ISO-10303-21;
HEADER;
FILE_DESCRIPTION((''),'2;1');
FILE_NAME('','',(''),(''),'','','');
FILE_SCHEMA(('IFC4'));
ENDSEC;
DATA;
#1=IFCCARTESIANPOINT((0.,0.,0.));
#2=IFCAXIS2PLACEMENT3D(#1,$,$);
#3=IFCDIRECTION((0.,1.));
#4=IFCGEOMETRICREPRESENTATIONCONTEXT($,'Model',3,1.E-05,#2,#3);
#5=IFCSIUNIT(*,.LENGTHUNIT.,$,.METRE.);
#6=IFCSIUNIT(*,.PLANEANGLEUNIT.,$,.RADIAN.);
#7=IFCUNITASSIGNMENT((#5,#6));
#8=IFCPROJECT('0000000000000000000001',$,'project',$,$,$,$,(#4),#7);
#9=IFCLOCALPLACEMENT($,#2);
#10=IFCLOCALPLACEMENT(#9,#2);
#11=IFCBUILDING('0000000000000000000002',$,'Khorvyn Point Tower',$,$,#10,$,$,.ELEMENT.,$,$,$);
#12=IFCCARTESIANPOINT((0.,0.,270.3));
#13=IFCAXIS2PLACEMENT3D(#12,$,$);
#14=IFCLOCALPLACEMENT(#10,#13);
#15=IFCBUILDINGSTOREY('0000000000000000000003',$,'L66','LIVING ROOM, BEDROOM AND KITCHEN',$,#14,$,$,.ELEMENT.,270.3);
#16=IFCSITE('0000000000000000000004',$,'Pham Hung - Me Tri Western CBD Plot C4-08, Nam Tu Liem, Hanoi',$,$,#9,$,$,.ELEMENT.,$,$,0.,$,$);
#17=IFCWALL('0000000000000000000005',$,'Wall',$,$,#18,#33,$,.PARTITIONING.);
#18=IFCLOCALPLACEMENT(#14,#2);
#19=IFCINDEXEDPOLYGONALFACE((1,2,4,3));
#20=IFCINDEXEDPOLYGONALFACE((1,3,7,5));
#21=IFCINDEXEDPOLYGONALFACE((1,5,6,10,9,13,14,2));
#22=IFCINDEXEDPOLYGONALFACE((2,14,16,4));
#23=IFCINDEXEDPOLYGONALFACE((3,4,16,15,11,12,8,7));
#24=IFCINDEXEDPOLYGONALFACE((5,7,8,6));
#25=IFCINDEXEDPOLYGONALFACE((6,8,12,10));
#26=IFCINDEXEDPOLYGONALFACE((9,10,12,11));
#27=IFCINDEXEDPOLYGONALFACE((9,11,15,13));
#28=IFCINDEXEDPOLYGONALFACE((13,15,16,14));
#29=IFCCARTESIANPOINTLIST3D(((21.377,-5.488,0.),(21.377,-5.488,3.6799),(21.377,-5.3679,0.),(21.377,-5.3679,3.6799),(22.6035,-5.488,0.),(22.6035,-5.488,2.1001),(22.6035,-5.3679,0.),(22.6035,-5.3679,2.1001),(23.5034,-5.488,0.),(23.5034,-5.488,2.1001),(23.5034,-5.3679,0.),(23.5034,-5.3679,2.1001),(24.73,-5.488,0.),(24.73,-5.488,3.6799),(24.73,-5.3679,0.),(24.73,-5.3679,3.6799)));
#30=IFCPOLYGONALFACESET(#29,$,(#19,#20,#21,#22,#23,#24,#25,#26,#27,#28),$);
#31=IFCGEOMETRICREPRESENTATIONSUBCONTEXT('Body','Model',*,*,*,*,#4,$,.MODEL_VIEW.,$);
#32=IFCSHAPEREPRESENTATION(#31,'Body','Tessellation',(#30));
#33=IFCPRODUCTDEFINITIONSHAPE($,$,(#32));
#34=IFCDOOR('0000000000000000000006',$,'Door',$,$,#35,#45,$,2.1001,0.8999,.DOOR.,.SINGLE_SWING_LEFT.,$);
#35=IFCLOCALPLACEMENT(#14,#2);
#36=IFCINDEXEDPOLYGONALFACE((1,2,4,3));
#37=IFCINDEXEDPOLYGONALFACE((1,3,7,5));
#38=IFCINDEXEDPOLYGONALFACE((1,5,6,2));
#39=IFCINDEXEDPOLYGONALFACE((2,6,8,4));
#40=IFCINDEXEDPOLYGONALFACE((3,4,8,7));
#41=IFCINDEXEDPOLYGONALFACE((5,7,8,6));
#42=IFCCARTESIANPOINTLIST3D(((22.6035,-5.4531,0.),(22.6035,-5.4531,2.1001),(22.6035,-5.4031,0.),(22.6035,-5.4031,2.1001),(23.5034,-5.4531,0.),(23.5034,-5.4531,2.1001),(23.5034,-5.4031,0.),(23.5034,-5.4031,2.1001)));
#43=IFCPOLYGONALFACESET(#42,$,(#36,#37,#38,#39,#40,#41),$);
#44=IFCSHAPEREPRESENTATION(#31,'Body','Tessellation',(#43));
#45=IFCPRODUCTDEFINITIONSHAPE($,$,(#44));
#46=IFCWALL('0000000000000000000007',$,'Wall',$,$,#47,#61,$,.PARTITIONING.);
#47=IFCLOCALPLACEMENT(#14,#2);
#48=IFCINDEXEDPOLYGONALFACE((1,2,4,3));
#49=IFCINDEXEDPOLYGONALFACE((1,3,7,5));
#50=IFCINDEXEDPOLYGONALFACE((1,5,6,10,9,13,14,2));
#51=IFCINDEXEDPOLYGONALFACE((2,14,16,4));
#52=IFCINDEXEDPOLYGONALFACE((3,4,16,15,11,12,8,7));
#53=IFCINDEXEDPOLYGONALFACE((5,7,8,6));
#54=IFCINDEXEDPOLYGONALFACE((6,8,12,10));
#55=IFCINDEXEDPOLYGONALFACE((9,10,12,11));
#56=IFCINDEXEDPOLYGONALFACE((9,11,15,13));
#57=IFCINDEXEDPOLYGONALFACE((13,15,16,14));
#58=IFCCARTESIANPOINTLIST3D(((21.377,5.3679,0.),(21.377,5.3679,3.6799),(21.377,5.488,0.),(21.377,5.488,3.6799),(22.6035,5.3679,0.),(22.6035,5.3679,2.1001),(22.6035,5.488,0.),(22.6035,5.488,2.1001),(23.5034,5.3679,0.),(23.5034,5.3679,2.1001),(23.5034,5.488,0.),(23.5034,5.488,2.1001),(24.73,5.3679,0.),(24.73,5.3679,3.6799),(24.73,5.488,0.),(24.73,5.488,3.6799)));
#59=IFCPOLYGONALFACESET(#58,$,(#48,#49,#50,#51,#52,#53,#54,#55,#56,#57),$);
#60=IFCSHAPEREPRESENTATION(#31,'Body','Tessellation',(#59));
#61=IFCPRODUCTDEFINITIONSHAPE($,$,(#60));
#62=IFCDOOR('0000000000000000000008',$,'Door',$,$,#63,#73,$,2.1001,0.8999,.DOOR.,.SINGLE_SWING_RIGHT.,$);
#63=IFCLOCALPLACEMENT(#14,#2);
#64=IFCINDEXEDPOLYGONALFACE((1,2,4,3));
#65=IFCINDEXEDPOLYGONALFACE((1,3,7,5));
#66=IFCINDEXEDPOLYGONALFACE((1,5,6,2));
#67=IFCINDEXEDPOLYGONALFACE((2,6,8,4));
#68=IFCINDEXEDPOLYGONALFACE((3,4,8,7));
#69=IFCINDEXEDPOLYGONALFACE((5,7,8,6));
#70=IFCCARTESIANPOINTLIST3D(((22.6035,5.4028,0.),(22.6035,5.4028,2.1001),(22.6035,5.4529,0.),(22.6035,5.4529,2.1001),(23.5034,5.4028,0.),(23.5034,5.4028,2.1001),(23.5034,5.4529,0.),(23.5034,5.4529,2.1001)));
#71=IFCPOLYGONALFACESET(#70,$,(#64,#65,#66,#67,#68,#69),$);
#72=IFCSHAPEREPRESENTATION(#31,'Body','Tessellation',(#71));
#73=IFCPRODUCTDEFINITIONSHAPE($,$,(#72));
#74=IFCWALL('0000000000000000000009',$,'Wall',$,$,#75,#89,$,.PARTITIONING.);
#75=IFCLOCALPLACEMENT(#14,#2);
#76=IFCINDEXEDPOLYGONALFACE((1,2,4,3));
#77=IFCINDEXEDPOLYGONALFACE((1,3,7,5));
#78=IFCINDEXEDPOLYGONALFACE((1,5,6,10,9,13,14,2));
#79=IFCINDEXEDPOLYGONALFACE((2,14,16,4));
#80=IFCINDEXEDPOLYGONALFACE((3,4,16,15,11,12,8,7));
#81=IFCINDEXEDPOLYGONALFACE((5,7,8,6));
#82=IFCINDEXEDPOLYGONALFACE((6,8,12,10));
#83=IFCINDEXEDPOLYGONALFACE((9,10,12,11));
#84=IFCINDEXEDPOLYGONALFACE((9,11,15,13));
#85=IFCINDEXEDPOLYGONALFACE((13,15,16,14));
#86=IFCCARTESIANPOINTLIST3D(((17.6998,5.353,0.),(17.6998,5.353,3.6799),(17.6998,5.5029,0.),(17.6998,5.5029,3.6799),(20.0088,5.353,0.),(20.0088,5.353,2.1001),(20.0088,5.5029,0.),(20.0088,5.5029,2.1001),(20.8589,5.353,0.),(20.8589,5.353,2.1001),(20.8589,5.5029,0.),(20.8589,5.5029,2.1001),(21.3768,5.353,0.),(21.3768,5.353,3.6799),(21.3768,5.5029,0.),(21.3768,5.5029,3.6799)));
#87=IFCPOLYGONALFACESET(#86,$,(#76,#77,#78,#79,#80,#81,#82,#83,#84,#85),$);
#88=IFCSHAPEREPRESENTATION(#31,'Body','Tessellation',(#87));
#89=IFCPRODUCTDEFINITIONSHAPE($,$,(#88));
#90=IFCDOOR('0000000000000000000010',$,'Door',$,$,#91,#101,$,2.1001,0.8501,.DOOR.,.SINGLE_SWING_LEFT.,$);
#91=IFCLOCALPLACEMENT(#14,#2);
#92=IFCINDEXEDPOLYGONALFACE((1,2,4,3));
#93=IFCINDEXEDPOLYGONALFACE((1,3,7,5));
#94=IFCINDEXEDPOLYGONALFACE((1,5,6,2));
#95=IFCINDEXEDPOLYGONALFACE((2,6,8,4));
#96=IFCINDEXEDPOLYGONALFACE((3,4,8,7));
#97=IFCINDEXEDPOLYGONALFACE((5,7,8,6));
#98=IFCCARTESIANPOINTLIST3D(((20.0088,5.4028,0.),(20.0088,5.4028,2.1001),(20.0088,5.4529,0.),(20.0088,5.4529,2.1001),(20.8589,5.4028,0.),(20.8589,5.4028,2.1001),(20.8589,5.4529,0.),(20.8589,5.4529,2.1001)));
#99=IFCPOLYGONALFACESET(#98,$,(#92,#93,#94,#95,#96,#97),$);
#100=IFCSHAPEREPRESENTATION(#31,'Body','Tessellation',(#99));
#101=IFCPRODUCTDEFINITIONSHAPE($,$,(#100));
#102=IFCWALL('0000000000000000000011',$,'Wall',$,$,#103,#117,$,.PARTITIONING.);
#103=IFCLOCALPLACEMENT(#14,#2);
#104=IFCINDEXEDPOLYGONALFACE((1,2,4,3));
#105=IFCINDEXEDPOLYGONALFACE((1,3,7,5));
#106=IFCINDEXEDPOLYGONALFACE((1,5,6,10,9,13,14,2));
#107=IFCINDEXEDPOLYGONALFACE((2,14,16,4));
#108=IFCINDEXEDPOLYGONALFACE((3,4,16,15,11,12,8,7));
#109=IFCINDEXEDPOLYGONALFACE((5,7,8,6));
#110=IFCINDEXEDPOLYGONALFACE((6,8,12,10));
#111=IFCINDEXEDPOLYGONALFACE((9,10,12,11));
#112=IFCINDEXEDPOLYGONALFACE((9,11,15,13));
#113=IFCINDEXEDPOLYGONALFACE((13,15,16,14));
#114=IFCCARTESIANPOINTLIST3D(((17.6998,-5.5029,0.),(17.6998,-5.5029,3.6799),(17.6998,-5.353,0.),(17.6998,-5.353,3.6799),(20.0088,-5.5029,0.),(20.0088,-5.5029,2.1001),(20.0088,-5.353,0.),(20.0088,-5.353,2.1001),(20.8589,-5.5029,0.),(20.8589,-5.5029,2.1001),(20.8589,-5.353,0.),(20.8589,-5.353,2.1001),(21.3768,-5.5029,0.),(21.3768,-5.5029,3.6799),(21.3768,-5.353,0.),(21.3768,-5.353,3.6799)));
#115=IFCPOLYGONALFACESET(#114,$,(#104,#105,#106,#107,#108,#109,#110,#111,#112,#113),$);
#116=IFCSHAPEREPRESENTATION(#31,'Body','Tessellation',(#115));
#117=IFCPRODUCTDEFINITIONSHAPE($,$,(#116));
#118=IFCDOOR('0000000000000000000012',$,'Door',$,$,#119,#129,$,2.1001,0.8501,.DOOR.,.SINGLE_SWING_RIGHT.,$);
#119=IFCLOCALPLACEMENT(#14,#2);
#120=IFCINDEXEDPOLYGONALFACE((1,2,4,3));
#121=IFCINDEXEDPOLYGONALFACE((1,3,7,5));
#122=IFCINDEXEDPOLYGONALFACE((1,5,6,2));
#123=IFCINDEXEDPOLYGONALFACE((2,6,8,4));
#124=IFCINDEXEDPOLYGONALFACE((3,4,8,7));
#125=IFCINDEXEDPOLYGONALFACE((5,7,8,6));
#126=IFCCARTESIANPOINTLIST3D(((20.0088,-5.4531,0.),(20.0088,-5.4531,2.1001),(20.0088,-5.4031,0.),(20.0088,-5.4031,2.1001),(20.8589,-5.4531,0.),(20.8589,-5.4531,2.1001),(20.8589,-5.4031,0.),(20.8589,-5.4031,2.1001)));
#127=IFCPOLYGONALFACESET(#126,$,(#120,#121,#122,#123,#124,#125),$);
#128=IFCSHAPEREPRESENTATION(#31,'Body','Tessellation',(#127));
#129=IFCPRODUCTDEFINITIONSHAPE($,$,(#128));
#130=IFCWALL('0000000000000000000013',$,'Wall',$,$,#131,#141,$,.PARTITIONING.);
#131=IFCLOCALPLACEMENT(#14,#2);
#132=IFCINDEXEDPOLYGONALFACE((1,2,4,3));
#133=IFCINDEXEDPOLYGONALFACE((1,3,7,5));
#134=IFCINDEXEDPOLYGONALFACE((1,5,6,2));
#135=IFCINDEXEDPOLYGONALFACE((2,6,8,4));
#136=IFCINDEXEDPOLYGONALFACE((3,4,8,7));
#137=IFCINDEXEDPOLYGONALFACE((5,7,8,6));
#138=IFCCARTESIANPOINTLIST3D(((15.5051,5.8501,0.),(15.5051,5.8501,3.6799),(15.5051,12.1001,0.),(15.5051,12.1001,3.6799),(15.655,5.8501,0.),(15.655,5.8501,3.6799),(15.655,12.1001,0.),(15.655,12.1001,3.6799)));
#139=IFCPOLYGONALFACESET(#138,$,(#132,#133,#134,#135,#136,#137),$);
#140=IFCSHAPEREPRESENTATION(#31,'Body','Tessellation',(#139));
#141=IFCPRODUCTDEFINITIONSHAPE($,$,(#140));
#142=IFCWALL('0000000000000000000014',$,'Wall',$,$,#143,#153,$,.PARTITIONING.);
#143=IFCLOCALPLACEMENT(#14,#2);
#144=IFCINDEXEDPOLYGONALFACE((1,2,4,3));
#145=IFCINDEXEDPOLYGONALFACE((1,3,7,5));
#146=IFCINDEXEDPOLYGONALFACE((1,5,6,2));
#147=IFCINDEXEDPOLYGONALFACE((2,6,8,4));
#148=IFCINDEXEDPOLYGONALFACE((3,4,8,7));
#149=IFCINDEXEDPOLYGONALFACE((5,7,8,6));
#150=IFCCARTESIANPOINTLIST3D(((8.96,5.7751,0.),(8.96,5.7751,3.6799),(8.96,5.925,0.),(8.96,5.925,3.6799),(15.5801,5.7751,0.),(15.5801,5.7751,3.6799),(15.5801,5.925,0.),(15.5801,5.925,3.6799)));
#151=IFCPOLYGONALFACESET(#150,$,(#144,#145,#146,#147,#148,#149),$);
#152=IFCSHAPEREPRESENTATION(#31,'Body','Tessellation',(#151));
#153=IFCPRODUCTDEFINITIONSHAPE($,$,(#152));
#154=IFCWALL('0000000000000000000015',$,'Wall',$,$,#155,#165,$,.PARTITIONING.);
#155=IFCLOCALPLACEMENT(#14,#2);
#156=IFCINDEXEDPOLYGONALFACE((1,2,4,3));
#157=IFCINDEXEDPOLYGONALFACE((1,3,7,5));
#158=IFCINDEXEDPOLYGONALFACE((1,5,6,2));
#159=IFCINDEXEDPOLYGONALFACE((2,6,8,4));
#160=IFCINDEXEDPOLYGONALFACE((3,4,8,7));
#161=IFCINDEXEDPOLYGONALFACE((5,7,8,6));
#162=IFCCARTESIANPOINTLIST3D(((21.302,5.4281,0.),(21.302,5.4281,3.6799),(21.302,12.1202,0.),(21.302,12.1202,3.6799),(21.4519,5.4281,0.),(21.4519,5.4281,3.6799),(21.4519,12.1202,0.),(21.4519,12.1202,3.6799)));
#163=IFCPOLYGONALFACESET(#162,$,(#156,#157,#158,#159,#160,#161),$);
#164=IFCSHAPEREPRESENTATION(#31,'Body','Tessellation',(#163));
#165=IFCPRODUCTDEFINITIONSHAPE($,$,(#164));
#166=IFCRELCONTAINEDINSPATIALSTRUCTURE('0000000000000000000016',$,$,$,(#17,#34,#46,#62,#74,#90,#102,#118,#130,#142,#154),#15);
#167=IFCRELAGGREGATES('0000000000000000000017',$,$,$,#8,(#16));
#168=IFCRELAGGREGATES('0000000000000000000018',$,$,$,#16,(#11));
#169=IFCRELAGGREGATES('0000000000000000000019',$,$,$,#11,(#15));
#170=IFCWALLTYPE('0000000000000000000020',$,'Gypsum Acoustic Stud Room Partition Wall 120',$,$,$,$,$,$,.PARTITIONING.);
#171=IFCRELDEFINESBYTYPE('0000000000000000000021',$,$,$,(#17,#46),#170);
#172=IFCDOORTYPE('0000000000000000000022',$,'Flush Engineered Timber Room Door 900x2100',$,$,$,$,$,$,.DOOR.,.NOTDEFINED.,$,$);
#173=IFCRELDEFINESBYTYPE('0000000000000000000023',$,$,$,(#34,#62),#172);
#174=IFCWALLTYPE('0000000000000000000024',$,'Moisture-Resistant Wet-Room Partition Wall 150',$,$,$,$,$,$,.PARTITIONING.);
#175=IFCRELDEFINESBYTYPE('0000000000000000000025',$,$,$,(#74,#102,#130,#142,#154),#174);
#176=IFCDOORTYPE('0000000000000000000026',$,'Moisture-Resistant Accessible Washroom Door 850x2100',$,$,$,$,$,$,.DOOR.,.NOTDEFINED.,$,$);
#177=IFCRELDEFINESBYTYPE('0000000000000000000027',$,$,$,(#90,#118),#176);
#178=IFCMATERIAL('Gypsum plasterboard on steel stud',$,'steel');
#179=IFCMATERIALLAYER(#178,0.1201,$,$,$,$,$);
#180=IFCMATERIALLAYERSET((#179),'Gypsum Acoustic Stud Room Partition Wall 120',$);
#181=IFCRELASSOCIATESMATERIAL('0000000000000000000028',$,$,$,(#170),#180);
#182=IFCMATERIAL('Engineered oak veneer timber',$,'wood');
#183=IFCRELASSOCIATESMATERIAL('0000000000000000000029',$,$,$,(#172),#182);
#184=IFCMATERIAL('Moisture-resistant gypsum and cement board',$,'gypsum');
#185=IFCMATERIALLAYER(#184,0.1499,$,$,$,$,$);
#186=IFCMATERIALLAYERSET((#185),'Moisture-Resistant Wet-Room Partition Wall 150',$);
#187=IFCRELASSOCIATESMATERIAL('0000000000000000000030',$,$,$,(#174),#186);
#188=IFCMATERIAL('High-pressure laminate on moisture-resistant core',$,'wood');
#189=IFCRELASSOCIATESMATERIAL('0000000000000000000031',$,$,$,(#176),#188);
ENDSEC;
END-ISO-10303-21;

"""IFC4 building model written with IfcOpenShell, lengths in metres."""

from ifc_helpers import new_model, si_unit, direction, frame, frame_2d, origin, place, context, subcontext, project, spatial, rectangle, extrude, material, layer, layer_set, type_object, element, fill, save


model = new_model("IFC4")

# Units and contexts
model_context = context("Model", 3, precision=1e-05, world=origin(), true_north=direction((0.0, 1.0)))
body_context = subcontext(model_context, "Body", "Model", "MODEL_VIEW")
ifc_project = project(units=[si_unit("LENGTHUNIT", "METRE"), si_unit("PLANEANGLEUNIT", "RADIAN")], contexts=[model_context])

# Site, building, storey
site_placement = place(None, origin())
site = spatial("IfcSite", under=ifc_project, at=site_placement, Name="Pham Hung - Me Tri Western CBD Plot C4-08, Nam Tu Liem, Hanoi", CompositionType="ELEMENT", RefElevation=0.0)
building_placement = place(site_placement, origin())
building = spatial("IfcBuilding", under=site, at=building_placement, Name="Khorvyn Point Tower", CompositionType="ELEMENT")
storey_placement = place(building_placement, frame((0.0, 0.0, 270.3)))
storey = spatial("IfcBuildingStorey", under=building, at=storey_placement, Name="L66", Description="LIVING ROOM, BEDROOM AND KITCHEN", CompositionType="ELEMENT", Elevation=270.3)

# Walls, openings, doors
ifc_material_1 = material(Name="Gypsum plasterboard on steel stud", Category="steel")
ifc_layer_1 = layer(ifc_material_1, 0.1201)
ifc_layer_set_1 = layer_set([ifc_layer_1], Name="Gypsum Acoustic Stud Room Partition Wall 120")
wall_type_1 = type_object("IfcWallType", Name="Gypsum Acoustic Stud Room Partition Wall 120", PredefinedType="PARTITIONING", material=ifc_layer_set_1)
ifc_material_2 = material(Name="Engineered oak veneer timber", Category="wood")
door_type_1 = type_object("IfcDoorType", Name="Flush Engineered Timber Room Door 900x2100", OperationType="NOTDEFINED", PredefinedType="DOOR", material=ifc_material_2)
wall_1_placement = place(storey_placement, frame((21.377, -5.428, 0.0), z_axis=(0.0, 0.0, 1.0), x_axis=(1.0, 0.0, 0.0)))
wall_1 = element("IfcWall", 1, at=wall_1_placement, inside=storey, type_object=wall_type_1, Name="Wall", PredefinedType="PARTITIONING", context=body_context, shape_type="SweptSolid", body=[
    extrude(rectangle(XDim=3.353, YDim=0.1201, at=frame_2d((1.6765, 0.0))), origin(), (0.0, 0.0, 1.0), 3.6799),
])
opening_1_placement = place(wall_1_placement, frame((1.2266, 0.0, 0.0)))
opening_1 = element("IfcOpeningElement", 2, at=opening_1_placement, cuts=wall_1, PredefinedType="OPENING", context=body_context, shape_type="SweptSolid", body=[
    extrude(rectangle(XDim=0.8999, YDim=2.1001, at=frame_2d((0.45, 1.05))), frame((0.0, 0.0701, 0.0), z_axis=(0.0, -1.0, 0.0), x_axis=(1.0, 0.0, 0.0)), (0.0, 0.0, 1.0), 0.1401),
])
door_1_placement = place(opening_1_placement, origin())
door_1 = element("IfcDoor", 3, at=door_1_placement, inside=storey, type_object=door_type_1, Name="Door", OperationType="SINGLE_SWING_LEFT", OverallHeight=2.1001, OverallWidth=0.8999, PredefinedType="DOOR", context=body_context, shape_type="SweptSolid", body=[
    extrude(rectangle(XDim=0.8999, YDim=2.1001, at=frame_2d((0.45, 1.05))), frame((0.0, 0.0249, 0.0), z_axis=(0.0, -1.0, 0.0), x_axis=(1.0, 0.0, 0.0)), (0.0, 0.0, 1.0), 0.05),
])
fill(opening_1, door_1)
wall_2_placement = place(storey_placement, frame((21.377, 5.428, 0.0), z_axis=(0.0, 0.0, 1.0), x_axis=(1.0, 0.0, 0.0)))
wall_2 = element("IfcWall", 4, at=wall_2_placement, inside=storey, type_object=wall_type_1, Name="Wall", PredefinedType="PARTITIONING", context=body_context, shape_type="SweptSolid", body=[
    extrude(rectangle(XDim=3.353, YDim=0.1201, at=frame_2d((1.6765, 0.0))), origin(), (0.0, 0.0, 1.0), 3.6799),
])
opening_2_placement = place(wall_2_placement, frame((1.2266, 0.0, 0.0)))
opening_2 = element("IfcOpeningElement", 5, at=opening_2_placement, cuts=wall_2, PredefinedType="OPENING", context=body_context, shape_type="SweptSolid", body=[
    extrude(rectangle(XDim=0.8999, YDim=2.1001, at=frame_2d((0.45, 1.05))), frame((0.0, 0.0701, 0.0), z_axis=(0.0, -1.0, 0.0), x_axis=(1.0, 0.0, 0.0)), (0.0, 0.0, 1.0), 0.1401),
])
door_2_placement = place(opening_2_placement, origin())
door_2 = element("IfcDoor", 6, at=door_2_placement, inside=storey, type_object=door_type_1, Name="Door", OperationType="SINGLE_SWING_RIGHT", OverallHeight=2.1001, OverallWidth=0.8999, PredefinedType="DOOR", context=body_context, shape_type="SweptSolid", body=[
    extrude(rectangle(XDim=0.8999, YDim=2.1001, at=frame_2d((0.45, 1.05))), frame((0.0, 0.0249, 0.0), z_axis=(0.0, -1.0, 0.0), x_axis=(1.0, 0.0, 0.0)), (0.0, 0.0, 1.0), 0.05),
])
fill(opening_2, door_2)
ifc_material_3 = material(Name="Moisture-resistant gypsum and cement board", Category="gypsum")
ifc_layer_2 = layer(ifc_material_3, 0.1499)
ifc_layer_set_2 = layer_set([ifc_layer_2], Name="Moisture-Resistant Wet-Room Partition Wall 150")
wall_type_2 = type_object("IfcWallType", Name="Moisture-Resistant Wet-Room Partition Wall 150", PredefinedType="PARTITIONING", material=ifc_layer_set_2)
wall_3_placement = place(storey_placement, frame((17.7, 5.428, 0.0), z_axis=(0.0, 0.0, 1.0), x_axis=(1.0, 0.0, 0.0)))
wall_3 = element("IfcWall", 7, at=wall_3_placement, inside=storey, type_object=wall_type_2, Name="Wall", PredefinedType="PARTITIONING", context=body_context, shape_type="SweptSolid", body=[
    extrude(rectangle(XDim=3.677, YDim=0.1499, at=frame_2d((1.8384, 0.0))), origin(), (0.0, 0.0, 1.0), 3.6799),
])
opening_3_placement = place(wall_3_placement, frame((2.3088, 0.0, 0.0)))
opening_3 = element("IfcOpeningElement", 8, at=opening_3_placement, cuts=wall_3, PredefinedType="OPENING", context=body_context, shape_type="SweptSolid", body=[
    extrude(rectangle(XDim=0.8501, YDim=2.1001, at=frame_2d((0.425, 1.05))), frame((0.0, 0.085, 0.0), z_axis=(0.0, -1.0, 0.0), x_axis=(1.0, 0.0, 0.0)), (0.0, 0.0, 1.0), 0.1699),
])
ifc_material_4 = material(Name="High-pressure laminate on moisture-resistant core", Category="wood")
door_type_2 = type_object("IfcDoorType", Name="Moisture-Resistant Accessible Washroom Door 850x2100", OperationType="NOTDEFINED", PredefinedType="DOOR", material=ifc_material_4)
door_3_placement = place(opening_3_placement, origin())
door_3 = element("IfcDoor", 9, at=door_3_placement, inside=storey, type_object=door_type_2, Name="Door", OperationType="SINGLE_SWING_LEFT", OverallHeight=2.1001, OverallWidth=0.8501, PredefinedType="DOOR", context=body_context, shape_type="SweptSolid", body=[
    extrude(rectangle(XDim=0.8501, YDim=2.1001, at=frame_2d((0.425, 1.05))), frame((0.0, 0.0249, 0.0), z_axis=(0.0, -1.0, 0.0), x_axis=(1.0, 0.0, 0.0)), (0.0, 0.0, 1.0), 0.05),
])
fill(opening_3, door_3)
wall_4_placement = place(storey_placement, frame((17.7, -5.428, 0.0), z_axis=(0.0, 0.0, 1.0), x_axis=(1.0, 0.0, 0.0)))
wall_4 = element("IfcWall", 10, at=wall_4_placement, inside=storey, type_object=wall_type_2, Name="Wall", PredefinedType="PARTITIONING", context=body_context, shape_type="SweptSolid", body=[
    extrude(rectangle(XDim=3.677, YDim=0.1499, at=frame_2d((1.8384, 0.0))), origin(), (0.0, 0.0, 1.0), 3.6799),
])
opening_4_placement = place(wall_4_placement, frame((2.3088, 0.0, 0.0)))
opening_4 = element("IfcOpeningElement", 11, at=opening_4_placement, cuts=wall_4, PredefinedType="OPENING", context=body_context, shape_type="SweptSolid", body=[
    extrude(rectangle(XDim=0.8501, YDim=2.1001, at=frame_2d((0.425, 1.05))), frame((0.0, 0.085, 0.0), z_axis=(0.0, -1.0, 0.0), x_axis=(1.0, 0.0, 0.0)), (0.0, 0.0, 1.0), 0.1699),
])
door_4_placement = place(opening_4_placement, origin())
door_4 = element("IfcDoor", 12, at=door_4_placement, inside=storey, type_object=door_type_2, Name="Door", OperationType="SINGLE_SWING_RIGHT", OverallHeight=2.1001, OverallWidth=0.8501, PredefinedType="DOOR", context=body_context, shape_type="SweptSolid", body=[
    extrude(rectangle(XDim=0.8501, YDim=2.1001, at=frame_2d((0.425, 1.05))), frame((0.0, 0.0249, 0.0), z_axis=(0.0, -1.0, 0.0), x_axis=(1.0, 0.0, 0.0)), (0.0, 0.0, 1.0), 0.05),
])
fill(opening_4, door_4)

# Walls
wall_5_placement = place(storey_placement, frame((15.5801, 5.8501, 0.0), z_axis=(0.0, 0.0, 1.0), x_axis=(0.0, 1.0, 0.0)))
element("IfcWall", 13, at=wall_5_placement, inside=storey, type_object=wall_type_2, Name="Wall", PredefinedType="PARTITIONING", context=body_context, shape_type="SweptSolid", body=[
    extrude(rectangle(XDim=6.25, YDim=0.1499, at=frame_2d((3.125, 0.0))), origin(), (0.0, 0.0, 1.0), 3.6799),
])
wall_6_placement = place(storey_placement, frame((8.96, 5.8501, 0.0), z_axis=(0.0, 0.0, 1.0), x_axis=(1.0, 0.0, 0.0)))
element("IfcWall", 14, at=wall_6_placement, inside=storey, type_object=wall_type_2, Name="Wall", PredefinedType="PARTITIONING", context=body_context, shape_type="SweptSolid", body=[
    extrude(rectangle(XDim=6.6201, YDim=0.1499, at=frame_2d((3.3101, 0.0))), origin(), (0.0, 0.0, 1.0), 3.6799),
])
wall_7_placement = place(storey_placement, frame((21.377, 5.428, 0.0), z_axis=(0.0, 0.0, 1.0), x_axis=(0.0, 1.0, 0.0)))
element("IfcWall", 15, at=wall_7_placement, inside=storey, type_object=wall_type_2, Name="Wall", PredefinedType="PARTITIONING", context=body_context, shape_type="SweptSolid", body=[
    extrude(rectangle(XDim=6.6921, YDim=0.1499, at=frame_2d((3.3462, 0.0))), origin(), (0.0, 0.0, 1.0), 3.6799),
])

save(model, "model.ifc")
